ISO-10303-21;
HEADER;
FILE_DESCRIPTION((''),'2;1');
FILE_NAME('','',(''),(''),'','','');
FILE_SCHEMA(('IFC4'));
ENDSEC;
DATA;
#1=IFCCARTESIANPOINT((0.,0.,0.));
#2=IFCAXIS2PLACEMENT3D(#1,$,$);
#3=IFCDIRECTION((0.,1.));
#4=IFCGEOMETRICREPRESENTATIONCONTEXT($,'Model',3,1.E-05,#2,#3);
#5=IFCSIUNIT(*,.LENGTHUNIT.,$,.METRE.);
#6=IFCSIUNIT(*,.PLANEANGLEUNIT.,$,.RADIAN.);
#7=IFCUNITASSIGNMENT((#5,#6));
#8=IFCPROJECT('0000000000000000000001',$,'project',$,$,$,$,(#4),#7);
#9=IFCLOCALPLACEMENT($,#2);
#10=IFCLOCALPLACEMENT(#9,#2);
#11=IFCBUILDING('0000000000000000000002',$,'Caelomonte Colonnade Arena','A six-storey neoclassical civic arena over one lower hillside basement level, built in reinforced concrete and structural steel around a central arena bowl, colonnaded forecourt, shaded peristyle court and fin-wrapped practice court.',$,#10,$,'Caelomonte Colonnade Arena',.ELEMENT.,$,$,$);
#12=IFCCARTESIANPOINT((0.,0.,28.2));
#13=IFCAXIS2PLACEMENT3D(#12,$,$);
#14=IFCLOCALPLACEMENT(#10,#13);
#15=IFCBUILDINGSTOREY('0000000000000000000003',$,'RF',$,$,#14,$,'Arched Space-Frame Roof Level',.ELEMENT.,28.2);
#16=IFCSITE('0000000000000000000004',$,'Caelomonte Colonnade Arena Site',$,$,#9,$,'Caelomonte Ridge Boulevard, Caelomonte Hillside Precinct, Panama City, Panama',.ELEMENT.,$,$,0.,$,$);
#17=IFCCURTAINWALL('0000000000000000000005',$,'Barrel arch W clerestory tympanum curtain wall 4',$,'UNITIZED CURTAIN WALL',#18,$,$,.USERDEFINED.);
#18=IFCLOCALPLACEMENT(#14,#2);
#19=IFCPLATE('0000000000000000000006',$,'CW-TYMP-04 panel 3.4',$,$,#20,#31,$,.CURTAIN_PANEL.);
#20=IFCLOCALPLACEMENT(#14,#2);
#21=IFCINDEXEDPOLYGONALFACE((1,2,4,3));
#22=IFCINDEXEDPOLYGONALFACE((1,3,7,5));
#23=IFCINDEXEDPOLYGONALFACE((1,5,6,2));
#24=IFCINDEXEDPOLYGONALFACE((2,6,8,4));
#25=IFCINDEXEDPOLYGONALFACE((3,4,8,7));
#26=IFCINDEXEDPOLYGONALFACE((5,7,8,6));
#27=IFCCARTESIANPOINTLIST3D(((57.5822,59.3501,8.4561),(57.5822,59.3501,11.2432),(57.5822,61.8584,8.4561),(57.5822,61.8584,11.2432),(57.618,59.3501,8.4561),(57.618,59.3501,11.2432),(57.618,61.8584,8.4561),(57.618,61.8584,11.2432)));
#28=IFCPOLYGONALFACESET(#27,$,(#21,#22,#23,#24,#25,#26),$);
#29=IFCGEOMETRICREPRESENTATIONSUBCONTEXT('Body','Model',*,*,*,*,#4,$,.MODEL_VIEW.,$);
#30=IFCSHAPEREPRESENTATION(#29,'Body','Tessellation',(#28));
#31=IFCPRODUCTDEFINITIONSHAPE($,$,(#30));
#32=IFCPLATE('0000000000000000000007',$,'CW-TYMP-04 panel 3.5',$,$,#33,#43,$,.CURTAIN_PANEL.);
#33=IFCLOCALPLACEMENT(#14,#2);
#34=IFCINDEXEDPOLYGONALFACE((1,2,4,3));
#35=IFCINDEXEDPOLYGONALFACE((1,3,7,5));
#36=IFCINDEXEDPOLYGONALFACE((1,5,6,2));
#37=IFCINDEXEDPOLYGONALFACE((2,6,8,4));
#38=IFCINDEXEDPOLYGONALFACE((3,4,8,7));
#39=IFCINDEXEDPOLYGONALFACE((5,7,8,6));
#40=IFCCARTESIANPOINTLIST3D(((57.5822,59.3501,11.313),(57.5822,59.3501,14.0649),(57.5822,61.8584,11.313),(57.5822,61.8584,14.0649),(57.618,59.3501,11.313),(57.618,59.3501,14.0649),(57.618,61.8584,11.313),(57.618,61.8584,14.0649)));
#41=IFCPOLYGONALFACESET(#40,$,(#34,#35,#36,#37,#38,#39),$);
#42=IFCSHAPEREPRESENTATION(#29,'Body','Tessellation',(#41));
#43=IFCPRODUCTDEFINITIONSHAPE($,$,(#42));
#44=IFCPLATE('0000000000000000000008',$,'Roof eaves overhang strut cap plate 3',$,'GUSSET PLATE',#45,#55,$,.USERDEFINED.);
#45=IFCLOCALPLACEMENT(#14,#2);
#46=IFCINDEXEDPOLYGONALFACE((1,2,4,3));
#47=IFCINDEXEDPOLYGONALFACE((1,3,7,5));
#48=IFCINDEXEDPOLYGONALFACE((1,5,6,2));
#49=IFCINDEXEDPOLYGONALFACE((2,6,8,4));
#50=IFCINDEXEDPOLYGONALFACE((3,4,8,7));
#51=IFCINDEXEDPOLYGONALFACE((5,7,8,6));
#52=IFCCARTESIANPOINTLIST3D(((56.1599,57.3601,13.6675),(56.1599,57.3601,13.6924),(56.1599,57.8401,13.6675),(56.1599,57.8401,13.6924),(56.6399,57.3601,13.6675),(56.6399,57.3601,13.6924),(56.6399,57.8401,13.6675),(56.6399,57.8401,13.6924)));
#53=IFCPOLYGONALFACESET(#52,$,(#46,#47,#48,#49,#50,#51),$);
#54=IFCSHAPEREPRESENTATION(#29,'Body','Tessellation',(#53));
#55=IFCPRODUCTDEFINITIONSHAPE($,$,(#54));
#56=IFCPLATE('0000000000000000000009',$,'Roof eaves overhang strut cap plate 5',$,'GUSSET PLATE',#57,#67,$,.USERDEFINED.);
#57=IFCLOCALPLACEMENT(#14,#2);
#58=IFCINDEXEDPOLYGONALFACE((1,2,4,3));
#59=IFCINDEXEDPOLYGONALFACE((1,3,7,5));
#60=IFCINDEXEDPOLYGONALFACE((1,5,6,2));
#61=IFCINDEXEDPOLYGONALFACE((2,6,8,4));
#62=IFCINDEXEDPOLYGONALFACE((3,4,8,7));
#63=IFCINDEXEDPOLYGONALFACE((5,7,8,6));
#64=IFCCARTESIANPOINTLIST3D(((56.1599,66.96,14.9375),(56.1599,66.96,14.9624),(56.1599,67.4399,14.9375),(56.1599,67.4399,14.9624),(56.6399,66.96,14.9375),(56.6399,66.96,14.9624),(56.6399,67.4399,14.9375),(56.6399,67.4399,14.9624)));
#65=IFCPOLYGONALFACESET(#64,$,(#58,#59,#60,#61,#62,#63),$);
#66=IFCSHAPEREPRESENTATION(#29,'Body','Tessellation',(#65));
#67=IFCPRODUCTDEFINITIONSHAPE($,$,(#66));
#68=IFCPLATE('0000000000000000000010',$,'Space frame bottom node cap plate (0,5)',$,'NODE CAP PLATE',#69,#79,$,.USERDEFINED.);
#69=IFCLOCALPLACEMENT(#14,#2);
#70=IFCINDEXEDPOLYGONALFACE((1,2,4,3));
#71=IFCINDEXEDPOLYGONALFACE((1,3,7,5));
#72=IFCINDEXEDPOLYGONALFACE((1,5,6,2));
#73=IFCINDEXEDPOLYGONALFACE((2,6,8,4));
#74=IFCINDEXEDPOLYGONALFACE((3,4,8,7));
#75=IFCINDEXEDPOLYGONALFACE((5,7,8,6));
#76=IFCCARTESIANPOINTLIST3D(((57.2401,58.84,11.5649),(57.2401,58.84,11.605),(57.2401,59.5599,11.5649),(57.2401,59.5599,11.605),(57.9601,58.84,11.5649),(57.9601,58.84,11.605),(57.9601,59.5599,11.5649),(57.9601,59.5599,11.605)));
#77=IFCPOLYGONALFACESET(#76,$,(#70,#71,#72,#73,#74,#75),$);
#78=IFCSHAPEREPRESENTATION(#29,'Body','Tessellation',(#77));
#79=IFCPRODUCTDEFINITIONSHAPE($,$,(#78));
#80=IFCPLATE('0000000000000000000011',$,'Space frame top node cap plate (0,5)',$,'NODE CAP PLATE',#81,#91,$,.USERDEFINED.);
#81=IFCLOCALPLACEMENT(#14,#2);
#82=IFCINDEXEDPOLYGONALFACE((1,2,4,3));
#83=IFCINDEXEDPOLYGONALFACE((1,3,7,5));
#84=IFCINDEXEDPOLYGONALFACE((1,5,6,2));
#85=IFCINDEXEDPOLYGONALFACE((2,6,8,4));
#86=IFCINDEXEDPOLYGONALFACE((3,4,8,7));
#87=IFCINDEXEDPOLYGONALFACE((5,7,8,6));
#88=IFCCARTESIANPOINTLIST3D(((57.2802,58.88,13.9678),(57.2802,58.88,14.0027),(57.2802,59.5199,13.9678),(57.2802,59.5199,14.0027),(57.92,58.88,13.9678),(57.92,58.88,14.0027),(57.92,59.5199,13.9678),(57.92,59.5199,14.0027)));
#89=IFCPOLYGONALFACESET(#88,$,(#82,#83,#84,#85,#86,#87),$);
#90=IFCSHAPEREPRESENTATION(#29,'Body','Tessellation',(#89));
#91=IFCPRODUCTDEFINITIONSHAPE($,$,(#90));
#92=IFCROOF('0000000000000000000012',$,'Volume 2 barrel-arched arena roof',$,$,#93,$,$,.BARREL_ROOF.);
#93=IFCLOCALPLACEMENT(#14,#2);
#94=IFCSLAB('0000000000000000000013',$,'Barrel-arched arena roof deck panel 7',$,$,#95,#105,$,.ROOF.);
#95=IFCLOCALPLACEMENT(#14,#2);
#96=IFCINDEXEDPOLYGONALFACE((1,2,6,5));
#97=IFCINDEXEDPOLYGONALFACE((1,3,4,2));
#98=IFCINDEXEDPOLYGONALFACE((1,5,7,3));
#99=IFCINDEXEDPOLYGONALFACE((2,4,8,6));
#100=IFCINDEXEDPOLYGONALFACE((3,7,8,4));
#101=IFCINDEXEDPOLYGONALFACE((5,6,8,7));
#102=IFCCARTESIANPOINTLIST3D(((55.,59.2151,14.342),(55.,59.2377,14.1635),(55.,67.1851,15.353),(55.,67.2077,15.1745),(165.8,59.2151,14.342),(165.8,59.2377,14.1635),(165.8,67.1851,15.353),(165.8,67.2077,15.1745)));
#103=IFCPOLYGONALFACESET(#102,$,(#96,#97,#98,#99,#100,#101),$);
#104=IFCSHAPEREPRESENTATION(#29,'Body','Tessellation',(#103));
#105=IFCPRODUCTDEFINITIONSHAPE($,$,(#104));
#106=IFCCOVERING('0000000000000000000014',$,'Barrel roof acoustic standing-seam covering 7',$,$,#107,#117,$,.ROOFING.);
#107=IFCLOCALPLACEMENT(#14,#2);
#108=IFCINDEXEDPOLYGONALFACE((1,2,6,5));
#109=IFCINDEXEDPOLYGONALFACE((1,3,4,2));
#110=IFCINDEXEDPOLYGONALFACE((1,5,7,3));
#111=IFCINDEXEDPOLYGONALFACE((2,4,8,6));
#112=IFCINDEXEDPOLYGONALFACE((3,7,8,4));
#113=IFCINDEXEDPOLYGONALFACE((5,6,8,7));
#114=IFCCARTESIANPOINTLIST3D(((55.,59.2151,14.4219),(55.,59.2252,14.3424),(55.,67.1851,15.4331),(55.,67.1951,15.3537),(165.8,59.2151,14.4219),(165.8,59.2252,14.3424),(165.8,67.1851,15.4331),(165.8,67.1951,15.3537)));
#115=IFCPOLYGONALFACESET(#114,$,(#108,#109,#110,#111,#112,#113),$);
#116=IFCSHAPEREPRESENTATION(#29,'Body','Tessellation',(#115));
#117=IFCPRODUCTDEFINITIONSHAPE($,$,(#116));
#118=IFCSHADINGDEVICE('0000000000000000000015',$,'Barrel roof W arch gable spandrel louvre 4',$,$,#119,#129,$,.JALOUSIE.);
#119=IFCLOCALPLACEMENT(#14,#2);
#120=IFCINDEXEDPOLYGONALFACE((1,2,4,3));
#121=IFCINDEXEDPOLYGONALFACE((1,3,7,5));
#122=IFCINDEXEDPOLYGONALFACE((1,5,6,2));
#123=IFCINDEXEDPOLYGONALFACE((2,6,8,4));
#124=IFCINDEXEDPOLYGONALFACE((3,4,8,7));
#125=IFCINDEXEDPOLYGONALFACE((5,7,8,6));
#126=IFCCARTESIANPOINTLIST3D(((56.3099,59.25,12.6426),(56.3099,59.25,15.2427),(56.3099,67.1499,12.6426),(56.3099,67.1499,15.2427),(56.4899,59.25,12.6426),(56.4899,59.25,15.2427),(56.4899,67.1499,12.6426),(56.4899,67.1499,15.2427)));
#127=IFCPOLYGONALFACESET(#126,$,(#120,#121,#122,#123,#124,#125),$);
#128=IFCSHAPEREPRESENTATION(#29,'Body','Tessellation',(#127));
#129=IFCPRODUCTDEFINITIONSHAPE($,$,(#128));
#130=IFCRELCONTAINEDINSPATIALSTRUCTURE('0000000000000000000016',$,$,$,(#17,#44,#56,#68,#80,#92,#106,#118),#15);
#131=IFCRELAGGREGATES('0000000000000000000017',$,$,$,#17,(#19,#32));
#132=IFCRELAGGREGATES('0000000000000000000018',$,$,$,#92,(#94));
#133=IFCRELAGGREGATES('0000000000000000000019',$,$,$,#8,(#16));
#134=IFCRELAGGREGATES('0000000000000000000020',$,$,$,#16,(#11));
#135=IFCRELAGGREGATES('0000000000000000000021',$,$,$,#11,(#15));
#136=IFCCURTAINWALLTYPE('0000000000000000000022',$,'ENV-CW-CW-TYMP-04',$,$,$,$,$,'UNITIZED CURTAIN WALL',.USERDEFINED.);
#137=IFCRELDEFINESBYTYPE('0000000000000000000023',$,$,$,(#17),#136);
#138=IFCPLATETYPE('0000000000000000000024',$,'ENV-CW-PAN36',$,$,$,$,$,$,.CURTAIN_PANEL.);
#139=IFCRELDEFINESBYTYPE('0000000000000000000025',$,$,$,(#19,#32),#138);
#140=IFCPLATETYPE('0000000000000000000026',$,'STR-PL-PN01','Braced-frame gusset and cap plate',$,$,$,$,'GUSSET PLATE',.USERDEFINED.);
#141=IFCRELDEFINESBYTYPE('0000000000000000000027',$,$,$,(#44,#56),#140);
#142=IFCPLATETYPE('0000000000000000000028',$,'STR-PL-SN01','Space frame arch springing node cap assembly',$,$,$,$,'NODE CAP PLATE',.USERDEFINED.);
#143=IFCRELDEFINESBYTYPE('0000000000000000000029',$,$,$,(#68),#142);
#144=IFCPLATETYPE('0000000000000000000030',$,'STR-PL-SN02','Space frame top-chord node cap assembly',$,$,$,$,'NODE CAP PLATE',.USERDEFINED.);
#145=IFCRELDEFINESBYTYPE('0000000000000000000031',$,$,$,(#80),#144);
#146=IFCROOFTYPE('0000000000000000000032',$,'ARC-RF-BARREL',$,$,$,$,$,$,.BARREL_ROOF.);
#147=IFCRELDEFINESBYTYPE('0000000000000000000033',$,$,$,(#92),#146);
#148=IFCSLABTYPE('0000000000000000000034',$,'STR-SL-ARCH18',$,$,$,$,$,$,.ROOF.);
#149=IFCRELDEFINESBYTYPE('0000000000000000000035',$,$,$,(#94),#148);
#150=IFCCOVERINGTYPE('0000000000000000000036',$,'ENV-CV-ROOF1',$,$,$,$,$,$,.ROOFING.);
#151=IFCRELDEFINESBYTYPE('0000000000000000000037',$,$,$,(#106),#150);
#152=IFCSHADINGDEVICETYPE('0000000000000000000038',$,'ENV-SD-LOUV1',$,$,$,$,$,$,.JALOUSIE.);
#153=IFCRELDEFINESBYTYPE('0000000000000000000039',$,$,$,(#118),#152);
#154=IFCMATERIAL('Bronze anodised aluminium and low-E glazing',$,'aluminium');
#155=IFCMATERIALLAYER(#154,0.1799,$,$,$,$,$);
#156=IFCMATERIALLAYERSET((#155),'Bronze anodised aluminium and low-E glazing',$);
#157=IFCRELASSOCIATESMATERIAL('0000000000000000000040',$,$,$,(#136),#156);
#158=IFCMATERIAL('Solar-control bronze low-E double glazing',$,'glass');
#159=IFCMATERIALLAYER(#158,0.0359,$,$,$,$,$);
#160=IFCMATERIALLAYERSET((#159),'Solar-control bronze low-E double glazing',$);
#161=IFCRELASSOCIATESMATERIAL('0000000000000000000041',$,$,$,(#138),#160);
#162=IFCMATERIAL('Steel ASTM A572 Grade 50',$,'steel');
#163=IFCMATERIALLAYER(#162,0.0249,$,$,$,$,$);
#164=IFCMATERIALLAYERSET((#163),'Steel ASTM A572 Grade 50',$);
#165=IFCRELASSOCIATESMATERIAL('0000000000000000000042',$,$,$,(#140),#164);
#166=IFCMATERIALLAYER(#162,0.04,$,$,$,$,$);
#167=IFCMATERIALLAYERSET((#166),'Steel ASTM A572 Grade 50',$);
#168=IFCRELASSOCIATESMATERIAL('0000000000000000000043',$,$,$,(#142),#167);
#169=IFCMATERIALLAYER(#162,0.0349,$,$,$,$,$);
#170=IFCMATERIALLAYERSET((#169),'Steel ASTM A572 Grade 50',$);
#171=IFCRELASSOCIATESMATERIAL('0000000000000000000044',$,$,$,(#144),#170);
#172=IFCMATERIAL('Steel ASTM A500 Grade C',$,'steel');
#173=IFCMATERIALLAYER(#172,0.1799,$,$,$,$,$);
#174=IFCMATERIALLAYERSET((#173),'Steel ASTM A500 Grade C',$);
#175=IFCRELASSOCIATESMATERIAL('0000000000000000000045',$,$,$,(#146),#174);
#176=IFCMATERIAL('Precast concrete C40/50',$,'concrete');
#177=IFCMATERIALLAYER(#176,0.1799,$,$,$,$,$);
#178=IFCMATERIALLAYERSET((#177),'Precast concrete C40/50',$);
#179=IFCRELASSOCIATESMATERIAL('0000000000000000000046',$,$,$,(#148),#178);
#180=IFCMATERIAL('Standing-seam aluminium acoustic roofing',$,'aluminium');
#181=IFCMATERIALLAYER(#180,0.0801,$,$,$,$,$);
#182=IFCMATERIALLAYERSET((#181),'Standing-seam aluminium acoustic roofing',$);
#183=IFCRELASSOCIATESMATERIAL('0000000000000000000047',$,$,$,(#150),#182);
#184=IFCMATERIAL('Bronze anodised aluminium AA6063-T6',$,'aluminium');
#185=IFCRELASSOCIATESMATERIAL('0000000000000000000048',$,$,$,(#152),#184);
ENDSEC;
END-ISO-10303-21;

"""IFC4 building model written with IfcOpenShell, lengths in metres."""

from ifc_helpers import new_model, si_unit, direction, frame, origin, origin_2d, place, context, subcontext, project, spatial, polyline, rectangle, outline, extrude, material, layer, layer_set, type_object, element, aggregate, save


model = new_model("IFC4")

# Units and contexts
model_context = context("Model", 3, precision=1e-05, world=origin(), true_north=direction((0.0, 1.0)))
body_context = subcontext(model_context, "Body", "Model", "MODEL_VIEW")
ifc_project = project(units=[si_unit("LENGTHUNIT", "METRE"), si_unit("PLANEANGLEUNIT", "RADIAN")], contexts=[model_context])

# Site, building, storey
site_placement = place(None, origin())
site = spatial("IfcSite", under=ifc_project, at=site_placement, Name="Caelomonte Colonnade Arena Site", LongName="Caelomonte Ridge Boulevard, Caelomonte Hillside Precinct, Panama City, Panama", CompositionType="ELEMENT", RefElevation=0.0)
building_placement = place(site_placement, origin())
building = spatial("IfcBuilding", under=site, at=building_placement, Name="Caelomonte Colonnade Arena", Description="A six-storey neoclassical civic arena over one lower hillside basement level, built in reinforced concrete and structural steel around a central arena bowl, colonnaded forecourt, shaded peristyle court and fin-wrapped practice court.", LongName="Caelomonte Colonnade Arena", CompositionType="ELEMENT")
storey_placement = place(building_placement, frame((0.0, 0.0, 28.2)))
storey = spatial("IfcBuildingStorey", under=building, at=storey_placement, Name="RF", LongName="Arched Space-Frame Roof Level", CompositionType="ELEMENT", Elevation=28.2)

# Curtain wall
ifc_material_1 = material(Name="Bronze anodised aluminium and low-E glazing", Category="aluminium")
ifc_material_2 = material(Name="Bronze anodised aluminium AA6063-T6", Category="aluminium")
ifc_layer_1 = layer(ifc_material_1, 0.1799)
ifc_layer_set_1 = layer_set([ifc_layer_1], Name="Bronze anodised aluminium and low-E glazing")
curtain_wall_type_1 = type_object("IfcCurtainWallType", Name="ENV-CW-CW-TYMP-04", ElementType="UNITIZED CURTAIN WALL", PredefinedType="USERDEFINED", material=ifc_layer_set_1)
curtain_wall_1_placement = place(storey_placement, origin())
curtain_wall_1 = element("IfcCurtainWall", 1, at=curtain_wall_1_placement, inside=storey, type_object=curtain_wall_type_1, Name="Barrel arch W clerestory tympanum curtain wall 4", ObjectType="UNITIZED CURTAIN WALL", PredefinedType="USERDEFINED")

# Shared definitions
ifc_material_3 = material(Name="Steel ASTM A500 Grade C", Category="steel")

# Plates
ifc_material_4 = material(Name="Solar-control bronze low-E double glazing", Category="glass")
ifc_layer_2 = layer(ifc_material_4, 0.0359)
ifc_layer_set_2 = layer_set([ifc_layer_2], Name="Solar-control bronze low-E double glazing")
plate_type_1 = type_object("IfcPlateType", Name="ENV-CW-PAN36", PredefinedType="CURTAIN_PANEL", material=ifc_layer_set_2)
plate_1_placement = place(storey_placement, frame((57.6001, 60.6042, 8.4561), z_axis=(0.0, 0.0, 1.0), x_axis=(0.0, -1.0, 0.0)))
plate_1 = element("IfcPlate", 2, at=plate_1_placement, type_object=plate_type_1, Name="CW-TYMP-04 panel 3.4", PredefinedType="CURTAIN_PANEL", context=body_context, shape_type="SweptSolid", body=[
    extrude(rectangle(XDim=2.5083, YDim=0.0359, at=origin_2d()), origin(), (0.0, 0.0, 1.0), 2.7871),
])
plate_2_placement = place(storey_placement, frame((57.6001, 60.6042, 11.313), z_axis=(0.0, 0.0, 1.0), x_axis=(0.0, -1.0, 0.0)))
plate_2 = element("IfcPlate", 3, at=plate_2_placement, type_object=plate_type_1, Name="CW-TYMP-04 panel 3.5", PredefinedType="CURTAIN_PANEL", context=body_context, shape_type="SweptSolid", body=[
    extrude(rectangle(XDim=2.5083, YDim=0.0359, at=origin_2d()), origin(), (0.0, 0.0, 1.0), 2.752),
])
aggregate(curtain_wall_1, [plate_1, plate_2])

# Plates
ifc_material_5 = material(Name="Steel ASTM A572 Grade 50", Category="steel")
ifc_layer_3 = layer(ifc_material_5, 0.0249)
ifc_layer_set_3 = layer_set([ifc_layer_3], Name="Steel ASTM A572 Grade 50")
plate_type_2 = type_object("IfcPlateType", Name="STR-PL-PN01", Description="Braced-frame gusset and cap plate", ElementType="GUSSET PLATE", PredefinedType="USERDEFINED", material=ifc_layer_set_3)
for number, where, z_axis, x_axis, name in (
    (4, (56.3999, 57.6001, 13.6675), (0.0, 0.0, 1.0), (1.0, 0.0, 0.0), "Roof eaves overhang strut cap plate 3"),
    (5, (56.3999, 67.2, 14.9375), (0.0, 0.0, 1.0), (1.0, 0.0, 0.0), "Roof eaves overhang strut cap plate 5"),
):
    element("IfcPlate", number, at=place(storey_placement, frame(where, z_axis=z_axis, x_axis=x_axis)), inside=storey, type_object=plate_type_2, Name=name, ObjectType="GUSSET PLATE", PredefinedType="USERDEFINED", context=body_context, shape_type="SweptSolid", body=[
        extrude(rectangle(XDim=0.48, YDim=0.48, at=origin_2d()), origin(), (0.0, 0.0, 1.0), 0.0249),
    ])
ifc_layer_4 = layer(ifc_material_5, 0.04)
ifc_layer_set_4 = layer_set([ifc_layer_4], Name="Steel ASTM A572 Grade 50")
plate_type_3 = type_object("IfcPlateType", Name="STR-PL-SN01", Description="Space frame arch springing node cap assembly", ElementType="NODE CAP PLATE", PredefinedType="USERDEFINED", material=ifc_layer_set_4)
plate_3_placement = place(storey_placement, frame((57.6001, 59.2, 11.5649), z_axis=(0.0, 0.0, 1.0), x_axis=(1.0, 0.0, 0.0)))
element("IfcPlate", 6, at=plate_3_placement, inside=storey, type_object=plate_type_3, Name="Space frame bottom node cap plate (0,5)", ObjectType="NODE CAP PLATE", PredefinedType="USERDEFINED", context=body_context, shape_type="SweptSolid", body=[
    extrude(rectangle(XDim=0.72, YDim=0.72, at=origin_2d()), origin(), (0.0, 0.0, 1.0), 0.04),
])
ifc_layer_5 = layer(ifc_material_5, 0.0349)
ifc_layer_set_5 = layer_set([ifc_layer_5], Name="Steel ASTM A572 Grade 50")
plate_type_4 = type_object("IfcPlateType", Name="STR-PL-SN02", Description="Space frame top-chord node cap assembly", ElementType="NODE CAP PLATE", PredefinedType="USERDEFINED", material=ifc_layer_set_5)
plate_4_placement = place(storey_placement, frame((57.6001, 59.2, 13.9678), z_axis=(0.0, 0.0, 1.0), x_axis=(1.0, 0.0, 0.0)))
element("IfcPlate", 7, at=plate_4_placement, inside=storey, type_object=plate_type_4, Name="Space frame top node cap plate (0,5)", ObjectType="NODE CAP PLATE", PredefinedType="USERDEFINED", context=body_context, shape_type="SweptSolid", body=[
    extrude(rectangle(XDim=0.6399, YDim=0.6399, at=origin_2d()), origin(), (0.0, 0.0, 1.0), 0.0349),
])

# Roof, slab
ifc_layer_6 = layer(ifc_material_3, 0.1799)
ifc_layer_set_6 = layer_set([ifc_layer_6], Name="Steel ASTM A500 Grade C")
roof_type = type_object("IfcRoofType", Name="ARC-RF-BARREL", PredefinedType="BARREL_ROOF", material=ifc_layer_set_6)
roof_placement = place(storey_placement, origin())
roof = element("IfcRoof", 8, at=roof_placement, inside=storey, type_object=roof_type, Name="Volume 2 barrel-arched arena roof", PredefinedType="BARREL_ROOF")
ifc_material_6 = material(Name="Precast concrete C40/50", Category="concrete")
ifc_layer_7 = layer(ifc_material_6, 0.1799)
ifc_layer_set_7 = layer_set([ifc_layer_7], Name="Precast concrete C40/50")
slab_type = type_object("IfcSlabType", Name="STR-SL-ARCH18", PredefinedType="ROOF", material=ifc_layer_set_7)
slab_placement = place(storey_placement, frame((55.0, 59.2151, 14.342), z_axis=(0.0, -0.125841, 0.99205), x_axis=(1.0, 0.0, 0.0)))
slab = element("IfcSlab", 9, at=slab_placement, type_object=slab_type, Name="Barrel-arched arena roof deck panel 7", PredefinedType="ROOF", context=body_context, shape_type="SweptSolid", body=[
    extrude(outline(polyline([(0.0, 0.0), (110.8, 0.0), (110.8, 8.0338), (0.0, 8.0338), (0.0, 0.0)])), origin(), (0.0, 0.0, -1.0), 0.1799),
])
aggregate(roof, [slab])

# Covering
ifc_material_7 = material(Name="Standing-seam aluminium acoustic roofing", Category="aluminium")
ifc_layer_8 = layer(ifc_material_7, 0.0801)
ifc_layer_set_8 = layer_set([ifc_layer_8], Name="Standing-seam aluminium acoustic roofing")
covering_type = type_object("IfcCoveringType", Name="ENV-CV-ROOF1", PredefinedType="ROOFING", material=ifc_layer_set_8)
covering_placement = place(storey_placement, frame((55.0, 59.2151, 14.4219), z_axis=(0.0, -0.125871, 0.992047), x_axis=(1.0, 0.0, 0.0)))
element("IfcCovering", 10, at=covering_placement, inside=storey, type_object=covering_type, Name="Barrel roof acoustic standing-seam covering 7", PredefinedType="ROOFING", context=body_context, shape_type="SweptSolid", body=[
    extrude(outline(polyline([(0.0, 0.0), (110.8, 0.0), (110.8, 8.0339), (0.0, 8.0339), (0.0, 0.0)])), origin(), (0.0, 0.0, -1.0), 0.0801),
])

# Shading device
shading_device_type = type_object("IfcShadingDeviceType", Name="ENV-SD-LOUV1", PredefinedType="JALOUSIE", material=ifc_material_2)
shading_device_placement = place(storey_placement, frame((56.3999, 63.2, 12.6426), z_axis=(0.0, 0.0, 1.0), x_axis=(1.0, 0.0, 0.0)))
element("IfcShadingDevice", 11, at=shading_device_placement, inside=storey, type_object=shading_device_type, Name="Barrel roof W arch gable spandrel louvre 4", PredefinedType="JALOUSIE", context=body_context, shape_type="SweptSolid", body=[
    extrude(rectangle(XDim=0.1799, YDim=7.8999, at=origin_2d()), origin(), (0.0, 0.0, 1.0), 2.6001),
])

save(model, "model.ifc")
